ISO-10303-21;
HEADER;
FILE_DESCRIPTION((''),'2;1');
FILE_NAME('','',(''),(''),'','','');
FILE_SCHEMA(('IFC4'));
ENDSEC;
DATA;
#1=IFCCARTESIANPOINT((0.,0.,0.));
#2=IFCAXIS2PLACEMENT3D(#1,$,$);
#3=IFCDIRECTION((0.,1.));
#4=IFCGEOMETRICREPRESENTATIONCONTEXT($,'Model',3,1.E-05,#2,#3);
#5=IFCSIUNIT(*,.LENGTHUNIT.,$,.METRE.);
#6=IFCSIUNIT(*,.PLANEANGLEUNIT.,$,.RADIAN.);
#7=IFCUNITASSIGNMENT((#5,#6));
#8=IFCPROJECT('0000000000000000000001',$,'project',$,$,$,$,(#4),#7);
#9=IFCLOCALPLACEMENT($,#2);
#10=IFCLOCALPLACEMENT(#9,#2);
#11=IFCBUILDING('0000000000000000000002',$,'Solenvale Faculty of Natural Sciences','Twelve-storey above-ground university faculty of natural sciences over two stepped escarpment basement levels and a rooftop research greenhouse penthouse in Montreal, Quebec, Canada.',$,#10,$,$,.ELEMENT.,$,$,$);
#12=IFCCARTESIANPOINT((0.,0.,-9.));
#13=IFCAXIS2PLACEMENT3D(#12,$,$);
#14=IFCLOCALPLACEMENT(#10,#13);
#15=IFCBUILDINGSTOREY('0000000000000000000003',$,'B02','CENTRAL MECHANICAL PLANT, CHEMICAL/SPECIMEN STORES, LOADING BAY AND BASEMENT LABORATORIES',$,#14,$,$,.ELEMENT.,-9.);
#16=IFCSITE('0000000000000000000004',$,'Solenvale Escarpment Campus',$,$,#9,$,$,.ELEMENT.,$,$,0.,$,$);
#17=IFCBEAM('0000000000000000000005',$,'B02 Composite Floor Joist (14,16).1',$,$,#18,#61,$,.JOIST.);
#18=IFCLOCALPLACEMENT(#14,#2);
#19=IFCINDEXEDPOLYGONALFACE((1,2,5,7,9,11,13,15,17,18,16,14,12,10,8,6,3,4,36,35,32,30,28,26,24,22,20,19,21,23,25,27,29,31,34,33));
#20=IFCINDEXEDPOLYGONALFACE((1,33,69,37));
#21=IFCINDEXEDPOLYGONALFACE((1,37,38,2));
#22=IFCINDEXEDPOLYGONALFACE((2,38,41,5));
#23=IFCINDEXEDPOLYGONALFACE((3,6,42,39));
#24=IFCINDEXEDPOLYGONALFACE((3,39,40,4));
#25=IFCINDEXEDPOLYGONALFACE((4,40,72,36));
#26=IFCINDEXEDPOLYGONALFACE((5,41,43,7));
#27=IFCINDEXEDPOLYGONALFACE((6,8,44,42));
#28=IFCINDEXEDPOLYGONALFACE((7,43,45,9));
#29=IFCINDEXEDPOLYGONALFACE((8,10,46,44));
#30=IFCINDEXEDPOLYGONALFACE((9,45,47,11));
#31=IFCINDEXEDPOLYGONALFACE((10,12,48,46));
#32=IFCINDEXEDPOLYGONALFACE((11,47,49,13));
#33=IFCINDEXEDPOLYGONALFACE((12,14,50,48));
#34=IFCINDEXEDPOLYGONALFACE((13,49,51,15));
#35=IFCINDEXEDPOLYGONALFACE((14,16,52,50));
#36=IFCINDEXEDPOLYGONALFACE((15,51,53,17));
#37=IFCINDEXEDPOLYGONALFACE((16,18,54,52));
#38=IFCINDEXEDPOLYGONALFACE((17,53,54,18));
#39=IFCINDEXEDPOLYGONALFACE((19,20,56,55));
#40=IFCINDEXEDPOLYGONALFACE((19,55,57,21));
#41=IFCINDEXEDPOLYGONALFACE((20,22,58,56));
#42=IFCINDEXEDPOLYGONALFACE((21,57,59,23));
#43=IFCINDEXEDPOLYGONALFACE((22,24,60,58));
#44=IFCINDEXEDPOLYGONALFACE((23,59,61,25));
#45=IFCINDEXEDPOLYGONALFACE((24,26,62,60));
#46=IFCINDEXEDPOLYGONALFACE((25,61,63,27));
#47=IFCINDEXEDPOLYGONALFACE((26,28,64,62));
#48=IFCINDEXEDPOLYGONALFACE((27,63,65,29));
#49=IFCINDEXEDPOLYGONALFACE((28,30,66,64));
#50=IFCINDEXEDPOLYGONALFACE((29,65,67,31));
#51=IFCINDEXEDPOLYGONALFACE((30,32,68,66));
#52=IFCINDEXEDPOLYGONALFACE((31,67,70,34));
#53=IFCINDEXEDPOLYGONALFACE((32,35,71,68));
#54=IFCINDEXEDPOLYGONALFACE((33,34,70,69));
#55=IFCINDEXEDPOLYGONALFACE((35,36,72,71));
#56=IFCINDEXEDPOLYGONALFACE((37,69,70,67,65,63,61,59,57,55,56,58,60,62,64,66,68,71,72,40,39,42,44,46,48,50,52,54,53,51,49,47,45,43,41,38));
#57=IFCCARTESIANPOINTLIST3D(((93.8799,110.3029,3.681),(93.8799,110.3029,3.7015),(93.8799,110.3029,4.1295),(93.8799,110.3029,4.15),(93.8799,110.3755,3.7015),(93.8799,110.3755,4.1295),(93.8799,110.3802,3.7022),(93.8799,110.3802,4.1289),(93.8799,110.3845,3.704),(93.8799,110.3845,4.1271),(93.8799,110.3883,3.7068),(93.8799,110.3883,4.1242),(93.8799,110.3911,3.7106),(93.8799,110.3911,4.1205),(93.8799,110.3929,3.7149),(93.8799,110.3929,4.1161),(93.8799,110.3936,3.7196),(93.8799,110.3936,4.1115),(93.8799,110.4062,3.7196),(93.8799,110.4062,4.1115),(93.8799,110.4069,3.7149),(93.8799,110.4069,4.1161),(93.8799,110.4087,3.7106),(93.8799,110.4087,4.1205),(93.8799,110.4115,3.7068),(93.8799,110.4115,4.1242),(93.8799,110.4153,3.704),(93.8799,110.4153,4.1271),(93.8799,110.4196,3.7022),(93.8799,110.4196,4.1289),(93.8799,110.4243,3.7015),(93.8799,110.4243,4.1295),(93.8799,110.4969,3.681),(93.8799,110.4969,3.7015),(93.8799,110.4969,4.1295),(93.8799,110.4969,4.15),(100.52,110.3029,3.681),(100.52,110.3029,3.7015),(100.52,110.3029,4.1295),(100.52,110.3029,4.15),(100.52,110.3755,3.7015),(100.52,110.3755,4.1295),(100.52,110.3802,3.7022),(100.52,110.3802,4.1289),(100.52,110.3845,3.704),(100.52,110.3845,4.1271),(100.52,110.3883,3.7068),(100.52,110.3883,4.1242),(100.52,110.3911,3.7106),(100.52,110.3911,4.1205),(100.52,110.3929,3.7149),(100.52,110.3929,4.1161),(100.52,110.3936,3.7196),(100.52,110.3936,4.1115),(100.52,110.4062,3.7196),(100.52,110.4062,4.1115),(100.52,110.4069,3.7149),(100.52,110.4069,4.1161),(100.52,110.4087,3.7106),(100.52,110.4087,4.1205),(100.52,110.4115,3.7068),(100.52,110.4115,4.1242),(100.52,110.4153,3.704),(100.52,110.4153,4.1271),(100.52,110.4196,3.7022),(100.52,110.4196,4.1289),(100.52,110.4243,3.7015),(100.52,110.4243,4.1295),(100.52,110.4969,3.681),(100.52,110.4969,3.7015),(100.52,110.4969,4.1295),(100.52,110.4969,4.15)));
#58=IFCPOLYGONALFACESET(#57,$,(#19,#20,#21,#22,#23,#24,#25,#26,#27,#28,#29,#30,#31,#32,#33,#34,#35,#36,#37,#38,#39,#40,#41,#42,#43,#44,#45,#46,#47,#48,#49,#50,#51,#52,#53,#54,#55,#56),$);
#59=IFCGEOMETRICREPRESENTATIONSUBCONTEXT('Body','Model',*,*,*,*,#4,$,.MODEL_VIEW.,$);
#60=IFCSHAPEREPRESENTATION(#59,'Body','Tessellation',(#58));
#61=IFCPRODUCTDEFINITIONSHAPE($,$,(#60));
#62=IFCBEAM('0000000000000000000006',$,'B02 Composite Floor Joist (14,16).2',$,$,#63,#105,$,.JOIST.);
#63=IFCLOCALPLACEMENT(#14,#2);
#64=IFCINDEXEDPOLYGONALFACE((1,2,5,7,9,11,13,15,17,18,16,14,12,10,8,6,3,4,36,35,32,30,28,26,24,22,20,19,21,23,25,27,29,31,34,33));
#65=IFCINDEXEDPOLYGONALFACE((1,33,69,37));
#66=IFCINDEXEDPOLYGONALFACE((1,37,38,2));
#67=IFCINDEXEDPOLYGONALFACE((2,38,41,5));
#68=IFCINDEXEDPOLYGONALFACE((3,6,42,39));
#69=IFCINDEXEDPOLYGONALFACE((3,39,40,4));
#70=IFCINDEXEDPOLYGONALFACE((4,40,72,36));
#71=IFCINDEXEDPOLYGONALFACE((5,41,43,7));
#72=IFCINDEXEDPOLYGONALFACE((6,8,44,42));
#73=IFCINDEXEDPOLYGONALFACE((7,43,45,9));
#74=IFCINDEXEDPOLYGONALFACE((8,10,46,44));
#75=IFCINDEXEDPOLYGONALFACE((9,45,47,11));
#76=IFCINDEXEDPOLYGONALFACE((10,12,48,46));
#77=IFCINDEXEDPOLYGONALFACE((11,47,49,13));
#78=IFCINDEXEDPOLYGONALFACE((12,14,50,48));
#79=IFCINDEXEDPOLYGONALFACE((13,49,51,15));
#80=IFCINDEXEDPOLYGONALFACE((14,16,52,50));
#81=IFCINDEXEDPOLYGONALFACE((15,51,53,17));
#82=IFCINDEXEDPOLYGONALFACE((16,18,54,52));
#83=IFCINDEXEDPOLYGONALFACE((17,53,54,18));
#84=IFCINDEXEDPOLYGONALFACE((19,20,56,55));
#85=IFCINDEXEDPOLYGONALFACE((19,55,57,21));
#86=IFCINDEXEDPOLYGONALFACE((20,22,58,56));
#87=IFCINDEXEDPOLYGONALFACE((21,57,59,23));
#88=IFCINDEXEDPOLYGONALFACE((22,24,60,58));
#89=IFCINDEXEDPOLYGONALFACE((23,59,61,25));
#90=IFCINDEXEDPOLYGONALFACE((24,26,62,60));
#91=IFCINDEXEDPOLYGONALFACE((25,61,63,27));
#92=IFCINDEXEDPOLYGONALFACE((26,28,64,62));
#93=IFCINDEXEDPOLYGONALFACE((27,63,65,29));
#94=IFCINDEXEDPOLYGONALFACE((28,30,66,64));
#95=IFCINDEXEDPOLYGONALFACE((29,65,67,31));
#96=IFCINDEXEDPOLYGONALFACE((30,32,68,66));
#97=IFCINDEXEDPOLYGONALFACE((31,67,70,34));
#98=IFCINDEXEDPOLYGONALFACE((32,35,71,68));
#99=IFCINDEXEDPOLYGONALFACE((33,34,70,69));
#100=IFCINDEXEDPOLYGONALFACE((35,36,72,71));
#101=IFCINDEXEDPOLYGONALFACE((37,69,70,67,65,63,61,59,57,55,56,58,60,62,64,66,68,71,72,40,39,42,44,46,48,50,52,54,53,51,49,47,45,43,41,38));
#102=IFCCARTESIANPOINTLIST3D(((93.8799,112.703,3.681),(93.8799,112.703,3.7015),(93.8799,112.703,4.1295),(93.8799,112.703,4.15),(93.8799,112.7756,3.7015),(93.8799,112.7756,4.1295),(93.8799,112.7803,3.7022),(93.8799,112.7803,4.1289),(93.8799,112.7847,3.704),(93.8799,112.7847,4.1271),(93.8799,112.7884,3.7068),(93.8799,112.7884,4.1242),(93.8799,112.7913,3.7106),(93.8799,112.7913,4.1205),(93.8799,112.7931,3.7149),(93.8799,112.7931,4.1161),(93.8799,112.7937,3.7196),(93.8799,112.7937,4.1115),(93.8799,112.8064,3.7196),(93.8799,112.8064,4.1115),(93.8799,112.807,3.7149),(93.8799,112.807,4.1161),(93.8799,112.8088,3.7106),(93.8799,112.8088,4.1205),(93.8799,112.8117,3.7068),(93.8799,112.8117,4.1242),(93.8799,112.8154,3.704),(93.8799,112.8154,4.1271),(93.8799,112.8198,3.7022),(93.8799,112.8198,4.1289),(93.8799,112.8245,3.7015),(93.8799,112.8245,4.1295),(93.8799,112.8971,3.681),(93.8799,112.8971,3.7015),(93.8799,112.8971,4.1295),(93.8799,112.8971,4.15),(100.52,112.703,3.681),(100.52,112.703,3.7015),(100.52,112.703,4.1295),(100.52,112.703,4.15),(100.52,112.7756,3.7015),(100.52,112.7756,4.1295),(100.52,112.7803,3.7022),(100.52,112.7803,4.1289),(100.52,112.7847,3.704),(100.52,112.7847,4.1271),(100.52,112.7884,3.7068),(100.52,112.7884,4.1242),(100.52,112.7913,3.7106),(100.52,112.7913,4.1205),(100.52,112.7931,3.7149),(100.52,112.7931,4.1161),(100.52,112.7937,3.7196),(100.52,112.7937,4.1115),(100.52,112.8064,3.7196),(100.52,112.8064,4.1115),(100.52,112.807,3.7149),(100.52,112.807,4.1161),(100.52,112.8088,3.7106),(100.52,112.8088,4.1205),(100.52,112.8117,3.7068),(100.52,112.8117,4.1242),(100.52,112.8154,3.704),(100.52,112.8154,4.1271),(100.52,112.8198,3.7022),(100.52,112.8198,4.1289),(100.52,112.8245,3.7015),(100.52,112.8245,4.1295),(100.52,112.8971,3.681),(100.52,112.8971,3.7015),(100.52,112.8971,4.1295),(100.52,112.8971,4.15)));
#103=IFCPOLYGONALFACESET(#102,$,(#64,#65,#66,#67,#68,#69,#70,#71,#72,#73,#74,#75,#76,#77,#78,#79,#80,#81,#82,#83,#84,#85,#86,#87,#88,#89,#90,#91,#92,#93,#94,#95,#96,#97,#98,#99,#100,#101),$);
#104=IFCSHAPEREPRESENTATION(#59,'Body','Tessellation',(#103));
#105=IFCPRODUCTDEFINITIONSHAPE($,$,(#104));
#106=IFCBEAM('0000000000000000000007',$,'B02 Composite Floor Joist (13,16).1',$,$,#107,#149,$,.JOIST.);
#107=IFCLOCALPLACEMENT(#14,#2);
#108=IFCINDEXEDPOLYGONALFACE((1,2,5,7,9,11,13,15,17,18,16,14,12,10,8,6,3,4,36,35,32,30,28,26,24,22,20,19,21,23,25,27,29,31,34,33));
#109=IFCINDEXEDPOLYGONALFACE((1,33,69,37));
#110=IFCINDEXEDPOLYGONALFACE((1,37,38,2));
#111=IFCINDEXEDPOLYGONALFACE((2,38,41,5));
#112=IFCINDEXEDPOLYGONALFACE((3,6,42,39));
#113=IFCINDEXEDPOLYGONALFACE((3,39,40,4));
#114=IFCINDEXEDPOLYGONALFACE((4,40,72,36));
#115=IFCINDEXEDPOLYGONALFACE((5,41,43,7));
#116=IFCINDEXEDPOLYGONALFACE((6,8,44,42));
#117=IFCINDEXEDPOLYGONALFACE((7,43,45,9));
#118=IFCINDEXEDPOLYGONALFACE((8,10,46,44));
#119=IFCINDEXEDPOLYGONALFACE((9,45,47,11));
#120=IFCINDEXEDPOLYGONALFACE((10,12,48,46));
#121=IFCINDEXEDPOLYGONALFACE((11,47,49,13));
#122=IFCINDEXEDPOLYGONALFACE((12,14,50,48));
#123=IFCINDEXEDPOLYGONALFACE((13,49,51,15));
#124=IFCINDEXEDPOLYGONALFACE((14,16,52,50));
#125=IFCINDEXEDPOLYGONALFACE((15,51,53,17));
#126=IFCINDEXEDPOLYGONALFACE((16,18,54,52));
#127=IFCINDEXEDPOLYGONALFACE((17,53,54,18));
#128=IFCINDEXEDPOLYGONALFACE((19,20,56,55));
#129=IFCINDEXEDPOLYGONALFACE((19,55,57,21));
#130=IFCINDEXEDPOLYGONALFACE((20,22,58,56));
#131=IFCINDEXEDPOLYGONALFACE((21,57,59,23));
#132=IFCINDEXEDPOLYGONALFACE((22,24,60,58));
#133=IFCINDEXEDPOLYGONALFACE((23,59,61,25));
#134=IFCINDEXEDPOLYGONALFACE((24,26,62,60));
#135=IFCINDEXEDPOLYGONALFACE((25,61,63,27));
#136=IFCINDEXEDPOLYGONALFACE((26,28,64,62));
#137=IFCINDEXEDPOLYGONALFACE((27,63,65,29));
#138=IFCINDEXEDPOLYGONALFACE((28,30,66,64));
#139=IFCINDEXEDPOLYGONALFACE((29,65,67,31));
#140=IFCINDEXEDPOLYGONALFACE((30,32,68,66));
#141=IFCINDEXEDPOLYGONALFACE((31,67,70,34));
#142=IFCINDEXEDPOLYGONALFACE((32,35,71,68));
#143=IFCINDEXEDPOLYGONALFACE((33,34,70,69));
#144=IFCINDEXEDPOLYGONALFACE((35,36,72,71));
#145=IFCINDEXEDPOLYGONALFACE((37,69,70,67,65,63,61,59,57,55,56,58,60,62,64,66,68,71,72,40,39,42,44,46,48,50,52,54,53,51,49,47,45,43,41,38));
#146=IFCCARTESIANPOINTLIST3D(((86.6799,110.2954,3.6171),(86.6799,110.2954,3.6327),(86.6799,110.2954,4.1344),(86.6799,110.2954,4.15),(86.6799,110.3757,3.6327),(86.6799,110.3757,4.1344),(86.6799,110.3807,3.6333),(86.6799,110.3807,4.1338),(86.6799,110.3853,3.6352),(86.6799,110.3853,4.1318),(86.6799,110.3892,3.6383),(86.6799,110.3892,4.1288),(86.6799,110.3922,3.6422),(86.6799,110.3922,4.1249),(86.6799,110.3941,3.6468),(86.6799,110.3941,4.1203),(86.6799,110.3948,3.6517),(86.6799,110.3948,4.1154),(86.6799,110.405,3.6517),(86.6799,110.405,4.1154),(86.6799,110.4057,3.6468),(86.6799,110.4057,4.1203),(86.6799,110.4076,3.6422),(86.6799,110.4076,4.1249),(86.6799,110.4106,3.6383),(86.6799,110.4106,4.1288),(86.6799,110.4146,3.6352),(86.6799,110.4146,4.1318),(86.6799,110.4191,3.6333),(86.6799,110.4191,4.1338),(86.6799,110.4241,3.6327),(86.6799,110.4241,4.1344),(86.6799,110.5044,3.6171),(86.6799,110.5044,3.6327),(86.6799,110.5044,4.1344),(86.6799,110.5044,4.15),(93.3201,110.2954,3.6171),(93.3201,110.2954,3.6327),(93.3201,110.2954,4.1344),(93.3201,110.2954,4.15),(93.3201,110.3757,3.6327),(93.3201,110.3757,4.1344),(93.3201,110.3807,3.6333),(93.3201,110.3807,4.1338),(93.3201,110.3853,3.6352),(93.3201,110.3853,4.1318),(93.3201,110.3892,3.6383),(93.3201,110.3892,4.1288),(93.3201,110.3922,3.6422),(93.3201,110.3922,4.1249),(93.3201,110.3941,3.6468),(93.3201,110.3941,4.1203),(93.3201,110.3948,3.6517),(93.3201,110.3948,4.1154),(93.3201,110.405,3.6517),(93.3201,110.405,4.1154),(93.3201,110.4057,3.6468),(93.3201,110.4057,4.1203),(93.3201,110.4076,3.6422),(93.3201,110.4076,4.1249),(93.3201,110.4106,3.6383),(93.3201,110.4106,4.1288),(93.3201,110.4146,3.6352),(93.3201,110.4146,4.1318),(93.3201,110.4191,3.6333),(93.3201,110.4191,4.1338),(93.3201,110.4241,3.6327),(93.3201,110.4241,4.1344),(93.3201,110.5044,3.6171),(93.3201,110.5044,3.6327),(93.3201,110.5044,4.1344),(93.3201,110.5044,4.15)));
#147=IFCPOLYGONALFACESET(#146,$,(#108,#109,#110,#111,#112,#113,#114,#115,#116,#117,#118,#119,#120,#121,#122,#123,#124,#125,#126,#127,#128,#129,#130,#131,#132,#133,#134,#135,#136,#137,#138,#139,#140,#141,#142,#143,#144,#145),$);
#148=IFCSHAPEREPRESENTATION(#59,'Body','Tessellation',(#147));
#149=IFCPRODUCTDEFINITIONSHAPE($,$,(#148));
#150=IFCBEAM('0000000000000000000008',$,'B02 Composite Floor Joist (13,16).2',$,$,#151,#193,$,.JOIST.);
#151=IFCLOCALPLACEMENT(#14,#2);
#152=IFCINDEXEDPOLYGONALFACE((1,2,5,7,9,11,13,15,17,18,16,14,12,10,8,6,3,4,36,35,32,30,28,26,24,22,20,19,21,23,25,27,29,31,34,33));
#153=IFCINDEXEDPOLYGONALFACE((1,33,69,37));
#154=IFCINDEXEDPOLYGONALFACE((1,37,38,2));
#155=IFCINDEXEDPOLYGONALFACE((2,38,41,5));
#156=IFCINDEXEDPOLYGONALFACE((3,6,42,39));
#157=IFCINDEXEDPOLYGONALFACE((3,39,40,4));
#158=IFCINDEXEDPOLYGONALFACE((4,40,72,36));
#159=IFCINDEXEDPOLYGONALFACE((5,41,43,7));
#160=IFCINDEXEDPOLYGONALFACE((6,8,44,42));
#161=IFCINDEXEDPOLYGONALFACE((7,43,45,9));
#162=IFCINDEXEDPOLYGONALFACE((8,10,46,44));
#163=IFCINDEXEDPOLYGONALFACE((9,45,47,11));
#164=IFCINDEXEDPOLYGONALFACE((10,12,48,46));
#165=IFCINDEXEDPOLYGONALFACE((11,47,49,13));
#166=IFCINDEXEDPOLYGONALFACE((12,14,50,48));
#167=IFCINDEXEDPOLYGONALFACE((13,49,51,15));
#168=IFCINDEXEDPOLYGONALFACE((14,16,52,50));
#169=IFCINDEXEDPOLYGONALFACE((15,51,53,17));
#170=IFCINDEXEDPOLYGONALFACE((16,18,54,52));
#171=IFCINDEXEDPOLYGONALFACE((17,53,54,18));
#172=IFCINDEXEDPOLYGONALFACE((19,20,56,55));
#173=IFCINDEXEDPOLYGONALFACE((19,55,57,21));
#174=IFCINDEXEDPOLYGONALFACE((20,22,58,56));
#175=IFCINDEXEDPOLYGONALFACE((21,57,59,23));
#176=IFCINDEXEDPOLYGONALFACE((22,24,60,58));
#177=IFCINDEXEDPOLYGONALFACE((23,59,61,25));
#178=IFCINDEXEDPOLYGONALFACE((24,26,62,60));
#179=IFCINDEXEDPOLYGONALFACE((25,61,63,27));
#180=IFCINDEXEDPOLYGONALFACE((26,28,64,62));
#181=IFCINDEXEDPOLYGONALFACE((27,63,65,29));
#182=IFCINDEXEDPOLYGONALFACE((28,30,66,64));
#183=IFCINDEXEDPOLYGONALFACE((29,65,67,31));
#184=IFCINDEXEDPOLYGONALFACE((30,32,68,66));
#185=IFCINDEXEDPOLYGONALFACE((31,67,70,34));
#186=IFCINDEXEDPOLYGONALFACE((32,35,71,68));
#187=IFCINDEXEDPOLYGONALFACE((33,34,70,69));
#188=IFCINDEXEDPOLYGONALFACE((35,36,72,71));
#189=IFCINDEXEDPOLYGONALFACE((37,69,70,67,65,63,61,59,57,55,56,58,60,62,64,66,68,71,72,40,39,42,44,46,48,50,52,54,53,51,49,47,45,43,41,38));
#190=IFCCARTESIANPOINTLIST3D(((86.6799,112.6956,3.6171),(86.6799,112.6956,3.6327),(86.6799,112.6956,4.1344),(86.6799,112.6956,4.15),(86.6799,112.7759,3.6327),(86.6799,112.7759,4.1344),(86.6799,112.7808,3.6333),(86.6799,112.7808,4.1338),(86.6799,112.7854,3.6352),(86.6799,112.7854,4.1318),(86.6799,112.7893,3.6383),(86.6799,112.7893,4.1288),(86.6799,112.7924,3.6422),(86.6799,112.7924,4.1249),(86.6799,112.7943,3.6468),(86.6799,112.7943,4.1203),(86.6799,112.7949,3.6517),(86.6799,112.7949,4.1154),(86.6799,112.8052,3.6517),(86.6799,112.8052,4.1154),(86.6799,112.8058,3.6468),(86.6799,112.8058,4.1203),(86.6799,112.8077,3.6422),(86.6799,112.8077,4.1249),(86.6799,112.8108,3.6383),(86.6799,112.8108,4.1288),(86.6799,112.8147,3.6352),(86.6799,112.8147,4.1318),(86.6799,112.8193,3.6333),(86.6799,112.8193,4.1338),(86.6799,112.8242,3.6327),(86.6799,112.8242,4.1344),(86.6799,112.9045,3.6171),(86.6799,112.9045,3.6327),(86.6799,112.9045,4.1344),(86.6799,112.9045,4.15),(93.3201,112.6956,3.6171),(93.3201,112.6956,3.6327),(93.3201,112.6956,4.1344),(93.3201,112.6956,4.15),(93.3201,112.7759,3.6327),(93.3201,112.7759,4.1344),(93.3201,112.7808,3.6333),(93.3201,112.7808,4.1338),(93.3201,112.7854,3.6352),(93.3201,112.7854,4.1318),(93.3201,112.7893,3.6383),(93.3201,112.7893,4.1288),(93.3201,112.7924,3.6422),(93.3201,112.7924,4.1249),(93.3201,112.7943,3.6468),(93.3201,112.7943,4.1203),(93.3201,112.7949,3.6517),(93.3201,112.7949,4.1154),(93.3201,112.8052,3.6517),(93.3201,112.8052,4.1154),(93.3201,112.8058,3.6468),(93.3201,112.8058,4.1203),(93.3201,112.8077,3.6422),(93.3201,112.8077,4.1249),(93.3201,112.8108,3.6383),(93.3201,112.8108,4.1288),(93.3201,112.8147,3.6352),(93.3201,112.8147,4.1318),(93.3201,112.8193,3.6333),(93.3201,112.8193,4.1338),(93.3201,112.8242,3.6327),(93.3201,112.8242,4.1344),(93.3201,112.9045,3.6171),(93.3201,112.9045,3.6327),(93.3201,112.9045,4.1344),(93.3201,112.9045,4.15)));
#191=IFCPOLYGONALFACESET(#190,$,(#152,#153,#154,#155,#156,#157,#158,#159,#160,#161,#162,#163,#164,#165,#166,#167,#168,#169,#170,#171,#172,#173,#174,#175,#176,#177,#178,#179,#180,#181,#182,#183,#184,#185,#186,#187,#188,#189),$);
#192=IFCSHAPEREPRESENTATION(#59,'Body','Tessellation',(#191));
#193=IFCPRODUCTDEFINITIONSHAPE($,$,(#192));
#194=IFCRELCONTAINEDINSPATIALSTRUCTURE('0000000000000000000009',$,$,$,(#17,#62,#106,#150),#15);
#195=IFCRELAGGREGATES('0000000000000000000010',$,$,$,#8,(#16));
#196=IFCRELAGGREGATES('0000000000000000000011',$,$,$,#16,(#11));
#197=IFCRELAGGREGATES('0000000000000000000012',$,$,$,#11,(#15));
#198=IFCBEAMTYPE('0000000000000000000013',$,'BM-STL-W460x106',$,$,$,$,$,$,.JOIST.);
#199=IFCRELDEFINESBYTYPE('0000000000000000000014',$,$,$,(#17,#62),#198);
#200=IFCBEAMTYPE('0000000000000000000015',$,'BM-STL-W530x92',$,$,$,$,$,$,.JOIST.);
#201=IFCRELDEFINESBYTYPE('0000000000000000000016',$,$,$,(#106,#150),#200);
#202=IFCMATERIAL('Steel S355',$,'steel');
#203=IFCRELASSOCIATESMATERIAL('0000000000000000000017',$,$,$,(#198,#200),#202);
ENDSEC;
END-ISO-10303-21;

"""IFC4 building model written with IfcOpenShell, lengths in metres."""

from ifc_helpers import new_model, si_unit, direction, frame, origin, origin_2d, place, context, subcontext, project, spatial, i_section, extrude, material, material_profile, profile_set, type_object, element, save


model = new_model("IFC4")

# Units and contexts
model_context = context("Model", 3, precision=1e-05, world=origin(), true_north=direction((0.0, 1.0)))
body_context = subcontext(model_context, "Body", "Model", "MODEL_VIEW")
ifc_project = project(units=[si_unit("LENGTHUNIT", "METRE"), si_unit("PLANEANGLEUNIT", "RADIAN")], contexts=[model_context])

# Site, building, storey
site_placement = place(None, origin())
site = spatial("IfcSite", under=ifc_project, at=site_placement, Name="Solenvale Escarpment Campus", CompositionType="ELEMENT", RefElevation=0.0)
building_placement = place(site_placement, origin())
building = spatial("IfcBuilding", under=site, at=building_placement, Name="Solenvale Faculty of Natural Sciences", Description="Twelve-storey above-ground university faculty of natural sciences over two stepped escarpment basement levels and a rooftop research greenhouse penthouse in Montreal, Quebec, Canada.", CompositionType="ELEMENT")
storey_placement = place(building_placement, frame((0.0, 0.0, -9.0)))
storey = spatial("IfcBuildingStorey", under=building, at=storey_placement, Name="B02", Description="CENTRAL MECHANICAL PLANT, CHEMICAL/SPECIMEN STORES, LOADING BAY AND BASEMENT LABORATORIES", CompositionType="ELEMENT", Elevation=-9.0)

# Beams
ifc_material_1 = material(Name="Steel S355", Category="steel")
ifc_material_profile_1 = material_profile(ifc_material_1, i_section(OverallWidth=0.1941, OverallDepth=0.469, WebThickness=0.0127, FlangeThickness=0.0205, FilletRadius=0.0181, at=origin_2d()), Name="W460x106")
ifc_profile_set_1 = profile_set([ifc_material_profile_1], Name="Steel S355")
beam_type_1 = type_object("IfcBeamType", Name="BM-STL-W460x106", PredefinedType="JOIST", material=ifc_profile_set_1)
for number, where, z_axis, x_axis, name in (
    (1, (93.8799, 110.3999, 3.9155), (1.0, 0.0, 0.0), (0.0, 1.0, 0.0), "B02 Composite Floor Joist (14,16).1"),
    (2, (93.8799, 112.8, 3.9155), (1.0, 0.0, 0.0), (0.0, 1.0, 0.0), "B02 Composite Floor Joist (14,16).2"),
):
    element("IfcBeam", number, at=place(storey_placement, frame(where, z_axis=z_axis, x_axis=x_axis)), inside=storey, type_object=beam_type_1, Name=name, PredefinedType="JOIST", context=body_context, shape_type="SweptSolid", body=[
        extrude(i_section(OverallWidth=0.1941, OverallDepth=0.469, WebThickness=0.0127, FlangeThickness=0.0205, FilletRadius=0.0181, at=origin_2d()), origin(), (0.0, 0.0, 1.0), 6.6401),
    ])
ifc_material_profile_2 = material_profile(ifc_material_1, i_section(OverallWidth=0.209, OverallDepth=0.533, WebThickness=0.0103, FlangeThickness=0.0156, FilletRadius=0.019, at=origin_2d()), Name="W530x92")
ifc_profile_set_2 = profile_set([ifc_material_profile_2], Name="Steel S355")
beam_type_2 = type_object("IfcBeamType", Name="BM-STL-W530x92", PredefinedType="JOIST", material=ifc_profile_set_2)
for number, where, z_axis, x_axis, name in (
    (3, (86.6799, 110.3999, 3.8835), (1.0, 0.0, 0.0), (0.0, 1.0, 0.0), "B02 Composite Floor Joist (13,16).1"),
    (4, (86.6799, 112.8, 3.8835), (1.0, 0.0, 0.0), (0.0, 1.0, 0.0), "B02 Composite Floor Joist (13,16).2"),
):
    element("IfcBeam", number, at=place(storey_placement, frame(where, z_axis=z_axis, x_axis=x_axis)), inside=storey, type_object=beam_type_2, Name=name, PredefinedType="JOIST", context=body_context, shape_type="SweptSolid", body=[
        extrude(i_section(OverallWidth=0.209, OverallDepth=0.533, WebThickness=0.0103, FlangeThickness=0.0156, FilletRadius=0.019, at=origin_2d()), origin(), (0.0, 0.0, 1.0), 6.6401),
    ])

save(model, "model.ifc")
